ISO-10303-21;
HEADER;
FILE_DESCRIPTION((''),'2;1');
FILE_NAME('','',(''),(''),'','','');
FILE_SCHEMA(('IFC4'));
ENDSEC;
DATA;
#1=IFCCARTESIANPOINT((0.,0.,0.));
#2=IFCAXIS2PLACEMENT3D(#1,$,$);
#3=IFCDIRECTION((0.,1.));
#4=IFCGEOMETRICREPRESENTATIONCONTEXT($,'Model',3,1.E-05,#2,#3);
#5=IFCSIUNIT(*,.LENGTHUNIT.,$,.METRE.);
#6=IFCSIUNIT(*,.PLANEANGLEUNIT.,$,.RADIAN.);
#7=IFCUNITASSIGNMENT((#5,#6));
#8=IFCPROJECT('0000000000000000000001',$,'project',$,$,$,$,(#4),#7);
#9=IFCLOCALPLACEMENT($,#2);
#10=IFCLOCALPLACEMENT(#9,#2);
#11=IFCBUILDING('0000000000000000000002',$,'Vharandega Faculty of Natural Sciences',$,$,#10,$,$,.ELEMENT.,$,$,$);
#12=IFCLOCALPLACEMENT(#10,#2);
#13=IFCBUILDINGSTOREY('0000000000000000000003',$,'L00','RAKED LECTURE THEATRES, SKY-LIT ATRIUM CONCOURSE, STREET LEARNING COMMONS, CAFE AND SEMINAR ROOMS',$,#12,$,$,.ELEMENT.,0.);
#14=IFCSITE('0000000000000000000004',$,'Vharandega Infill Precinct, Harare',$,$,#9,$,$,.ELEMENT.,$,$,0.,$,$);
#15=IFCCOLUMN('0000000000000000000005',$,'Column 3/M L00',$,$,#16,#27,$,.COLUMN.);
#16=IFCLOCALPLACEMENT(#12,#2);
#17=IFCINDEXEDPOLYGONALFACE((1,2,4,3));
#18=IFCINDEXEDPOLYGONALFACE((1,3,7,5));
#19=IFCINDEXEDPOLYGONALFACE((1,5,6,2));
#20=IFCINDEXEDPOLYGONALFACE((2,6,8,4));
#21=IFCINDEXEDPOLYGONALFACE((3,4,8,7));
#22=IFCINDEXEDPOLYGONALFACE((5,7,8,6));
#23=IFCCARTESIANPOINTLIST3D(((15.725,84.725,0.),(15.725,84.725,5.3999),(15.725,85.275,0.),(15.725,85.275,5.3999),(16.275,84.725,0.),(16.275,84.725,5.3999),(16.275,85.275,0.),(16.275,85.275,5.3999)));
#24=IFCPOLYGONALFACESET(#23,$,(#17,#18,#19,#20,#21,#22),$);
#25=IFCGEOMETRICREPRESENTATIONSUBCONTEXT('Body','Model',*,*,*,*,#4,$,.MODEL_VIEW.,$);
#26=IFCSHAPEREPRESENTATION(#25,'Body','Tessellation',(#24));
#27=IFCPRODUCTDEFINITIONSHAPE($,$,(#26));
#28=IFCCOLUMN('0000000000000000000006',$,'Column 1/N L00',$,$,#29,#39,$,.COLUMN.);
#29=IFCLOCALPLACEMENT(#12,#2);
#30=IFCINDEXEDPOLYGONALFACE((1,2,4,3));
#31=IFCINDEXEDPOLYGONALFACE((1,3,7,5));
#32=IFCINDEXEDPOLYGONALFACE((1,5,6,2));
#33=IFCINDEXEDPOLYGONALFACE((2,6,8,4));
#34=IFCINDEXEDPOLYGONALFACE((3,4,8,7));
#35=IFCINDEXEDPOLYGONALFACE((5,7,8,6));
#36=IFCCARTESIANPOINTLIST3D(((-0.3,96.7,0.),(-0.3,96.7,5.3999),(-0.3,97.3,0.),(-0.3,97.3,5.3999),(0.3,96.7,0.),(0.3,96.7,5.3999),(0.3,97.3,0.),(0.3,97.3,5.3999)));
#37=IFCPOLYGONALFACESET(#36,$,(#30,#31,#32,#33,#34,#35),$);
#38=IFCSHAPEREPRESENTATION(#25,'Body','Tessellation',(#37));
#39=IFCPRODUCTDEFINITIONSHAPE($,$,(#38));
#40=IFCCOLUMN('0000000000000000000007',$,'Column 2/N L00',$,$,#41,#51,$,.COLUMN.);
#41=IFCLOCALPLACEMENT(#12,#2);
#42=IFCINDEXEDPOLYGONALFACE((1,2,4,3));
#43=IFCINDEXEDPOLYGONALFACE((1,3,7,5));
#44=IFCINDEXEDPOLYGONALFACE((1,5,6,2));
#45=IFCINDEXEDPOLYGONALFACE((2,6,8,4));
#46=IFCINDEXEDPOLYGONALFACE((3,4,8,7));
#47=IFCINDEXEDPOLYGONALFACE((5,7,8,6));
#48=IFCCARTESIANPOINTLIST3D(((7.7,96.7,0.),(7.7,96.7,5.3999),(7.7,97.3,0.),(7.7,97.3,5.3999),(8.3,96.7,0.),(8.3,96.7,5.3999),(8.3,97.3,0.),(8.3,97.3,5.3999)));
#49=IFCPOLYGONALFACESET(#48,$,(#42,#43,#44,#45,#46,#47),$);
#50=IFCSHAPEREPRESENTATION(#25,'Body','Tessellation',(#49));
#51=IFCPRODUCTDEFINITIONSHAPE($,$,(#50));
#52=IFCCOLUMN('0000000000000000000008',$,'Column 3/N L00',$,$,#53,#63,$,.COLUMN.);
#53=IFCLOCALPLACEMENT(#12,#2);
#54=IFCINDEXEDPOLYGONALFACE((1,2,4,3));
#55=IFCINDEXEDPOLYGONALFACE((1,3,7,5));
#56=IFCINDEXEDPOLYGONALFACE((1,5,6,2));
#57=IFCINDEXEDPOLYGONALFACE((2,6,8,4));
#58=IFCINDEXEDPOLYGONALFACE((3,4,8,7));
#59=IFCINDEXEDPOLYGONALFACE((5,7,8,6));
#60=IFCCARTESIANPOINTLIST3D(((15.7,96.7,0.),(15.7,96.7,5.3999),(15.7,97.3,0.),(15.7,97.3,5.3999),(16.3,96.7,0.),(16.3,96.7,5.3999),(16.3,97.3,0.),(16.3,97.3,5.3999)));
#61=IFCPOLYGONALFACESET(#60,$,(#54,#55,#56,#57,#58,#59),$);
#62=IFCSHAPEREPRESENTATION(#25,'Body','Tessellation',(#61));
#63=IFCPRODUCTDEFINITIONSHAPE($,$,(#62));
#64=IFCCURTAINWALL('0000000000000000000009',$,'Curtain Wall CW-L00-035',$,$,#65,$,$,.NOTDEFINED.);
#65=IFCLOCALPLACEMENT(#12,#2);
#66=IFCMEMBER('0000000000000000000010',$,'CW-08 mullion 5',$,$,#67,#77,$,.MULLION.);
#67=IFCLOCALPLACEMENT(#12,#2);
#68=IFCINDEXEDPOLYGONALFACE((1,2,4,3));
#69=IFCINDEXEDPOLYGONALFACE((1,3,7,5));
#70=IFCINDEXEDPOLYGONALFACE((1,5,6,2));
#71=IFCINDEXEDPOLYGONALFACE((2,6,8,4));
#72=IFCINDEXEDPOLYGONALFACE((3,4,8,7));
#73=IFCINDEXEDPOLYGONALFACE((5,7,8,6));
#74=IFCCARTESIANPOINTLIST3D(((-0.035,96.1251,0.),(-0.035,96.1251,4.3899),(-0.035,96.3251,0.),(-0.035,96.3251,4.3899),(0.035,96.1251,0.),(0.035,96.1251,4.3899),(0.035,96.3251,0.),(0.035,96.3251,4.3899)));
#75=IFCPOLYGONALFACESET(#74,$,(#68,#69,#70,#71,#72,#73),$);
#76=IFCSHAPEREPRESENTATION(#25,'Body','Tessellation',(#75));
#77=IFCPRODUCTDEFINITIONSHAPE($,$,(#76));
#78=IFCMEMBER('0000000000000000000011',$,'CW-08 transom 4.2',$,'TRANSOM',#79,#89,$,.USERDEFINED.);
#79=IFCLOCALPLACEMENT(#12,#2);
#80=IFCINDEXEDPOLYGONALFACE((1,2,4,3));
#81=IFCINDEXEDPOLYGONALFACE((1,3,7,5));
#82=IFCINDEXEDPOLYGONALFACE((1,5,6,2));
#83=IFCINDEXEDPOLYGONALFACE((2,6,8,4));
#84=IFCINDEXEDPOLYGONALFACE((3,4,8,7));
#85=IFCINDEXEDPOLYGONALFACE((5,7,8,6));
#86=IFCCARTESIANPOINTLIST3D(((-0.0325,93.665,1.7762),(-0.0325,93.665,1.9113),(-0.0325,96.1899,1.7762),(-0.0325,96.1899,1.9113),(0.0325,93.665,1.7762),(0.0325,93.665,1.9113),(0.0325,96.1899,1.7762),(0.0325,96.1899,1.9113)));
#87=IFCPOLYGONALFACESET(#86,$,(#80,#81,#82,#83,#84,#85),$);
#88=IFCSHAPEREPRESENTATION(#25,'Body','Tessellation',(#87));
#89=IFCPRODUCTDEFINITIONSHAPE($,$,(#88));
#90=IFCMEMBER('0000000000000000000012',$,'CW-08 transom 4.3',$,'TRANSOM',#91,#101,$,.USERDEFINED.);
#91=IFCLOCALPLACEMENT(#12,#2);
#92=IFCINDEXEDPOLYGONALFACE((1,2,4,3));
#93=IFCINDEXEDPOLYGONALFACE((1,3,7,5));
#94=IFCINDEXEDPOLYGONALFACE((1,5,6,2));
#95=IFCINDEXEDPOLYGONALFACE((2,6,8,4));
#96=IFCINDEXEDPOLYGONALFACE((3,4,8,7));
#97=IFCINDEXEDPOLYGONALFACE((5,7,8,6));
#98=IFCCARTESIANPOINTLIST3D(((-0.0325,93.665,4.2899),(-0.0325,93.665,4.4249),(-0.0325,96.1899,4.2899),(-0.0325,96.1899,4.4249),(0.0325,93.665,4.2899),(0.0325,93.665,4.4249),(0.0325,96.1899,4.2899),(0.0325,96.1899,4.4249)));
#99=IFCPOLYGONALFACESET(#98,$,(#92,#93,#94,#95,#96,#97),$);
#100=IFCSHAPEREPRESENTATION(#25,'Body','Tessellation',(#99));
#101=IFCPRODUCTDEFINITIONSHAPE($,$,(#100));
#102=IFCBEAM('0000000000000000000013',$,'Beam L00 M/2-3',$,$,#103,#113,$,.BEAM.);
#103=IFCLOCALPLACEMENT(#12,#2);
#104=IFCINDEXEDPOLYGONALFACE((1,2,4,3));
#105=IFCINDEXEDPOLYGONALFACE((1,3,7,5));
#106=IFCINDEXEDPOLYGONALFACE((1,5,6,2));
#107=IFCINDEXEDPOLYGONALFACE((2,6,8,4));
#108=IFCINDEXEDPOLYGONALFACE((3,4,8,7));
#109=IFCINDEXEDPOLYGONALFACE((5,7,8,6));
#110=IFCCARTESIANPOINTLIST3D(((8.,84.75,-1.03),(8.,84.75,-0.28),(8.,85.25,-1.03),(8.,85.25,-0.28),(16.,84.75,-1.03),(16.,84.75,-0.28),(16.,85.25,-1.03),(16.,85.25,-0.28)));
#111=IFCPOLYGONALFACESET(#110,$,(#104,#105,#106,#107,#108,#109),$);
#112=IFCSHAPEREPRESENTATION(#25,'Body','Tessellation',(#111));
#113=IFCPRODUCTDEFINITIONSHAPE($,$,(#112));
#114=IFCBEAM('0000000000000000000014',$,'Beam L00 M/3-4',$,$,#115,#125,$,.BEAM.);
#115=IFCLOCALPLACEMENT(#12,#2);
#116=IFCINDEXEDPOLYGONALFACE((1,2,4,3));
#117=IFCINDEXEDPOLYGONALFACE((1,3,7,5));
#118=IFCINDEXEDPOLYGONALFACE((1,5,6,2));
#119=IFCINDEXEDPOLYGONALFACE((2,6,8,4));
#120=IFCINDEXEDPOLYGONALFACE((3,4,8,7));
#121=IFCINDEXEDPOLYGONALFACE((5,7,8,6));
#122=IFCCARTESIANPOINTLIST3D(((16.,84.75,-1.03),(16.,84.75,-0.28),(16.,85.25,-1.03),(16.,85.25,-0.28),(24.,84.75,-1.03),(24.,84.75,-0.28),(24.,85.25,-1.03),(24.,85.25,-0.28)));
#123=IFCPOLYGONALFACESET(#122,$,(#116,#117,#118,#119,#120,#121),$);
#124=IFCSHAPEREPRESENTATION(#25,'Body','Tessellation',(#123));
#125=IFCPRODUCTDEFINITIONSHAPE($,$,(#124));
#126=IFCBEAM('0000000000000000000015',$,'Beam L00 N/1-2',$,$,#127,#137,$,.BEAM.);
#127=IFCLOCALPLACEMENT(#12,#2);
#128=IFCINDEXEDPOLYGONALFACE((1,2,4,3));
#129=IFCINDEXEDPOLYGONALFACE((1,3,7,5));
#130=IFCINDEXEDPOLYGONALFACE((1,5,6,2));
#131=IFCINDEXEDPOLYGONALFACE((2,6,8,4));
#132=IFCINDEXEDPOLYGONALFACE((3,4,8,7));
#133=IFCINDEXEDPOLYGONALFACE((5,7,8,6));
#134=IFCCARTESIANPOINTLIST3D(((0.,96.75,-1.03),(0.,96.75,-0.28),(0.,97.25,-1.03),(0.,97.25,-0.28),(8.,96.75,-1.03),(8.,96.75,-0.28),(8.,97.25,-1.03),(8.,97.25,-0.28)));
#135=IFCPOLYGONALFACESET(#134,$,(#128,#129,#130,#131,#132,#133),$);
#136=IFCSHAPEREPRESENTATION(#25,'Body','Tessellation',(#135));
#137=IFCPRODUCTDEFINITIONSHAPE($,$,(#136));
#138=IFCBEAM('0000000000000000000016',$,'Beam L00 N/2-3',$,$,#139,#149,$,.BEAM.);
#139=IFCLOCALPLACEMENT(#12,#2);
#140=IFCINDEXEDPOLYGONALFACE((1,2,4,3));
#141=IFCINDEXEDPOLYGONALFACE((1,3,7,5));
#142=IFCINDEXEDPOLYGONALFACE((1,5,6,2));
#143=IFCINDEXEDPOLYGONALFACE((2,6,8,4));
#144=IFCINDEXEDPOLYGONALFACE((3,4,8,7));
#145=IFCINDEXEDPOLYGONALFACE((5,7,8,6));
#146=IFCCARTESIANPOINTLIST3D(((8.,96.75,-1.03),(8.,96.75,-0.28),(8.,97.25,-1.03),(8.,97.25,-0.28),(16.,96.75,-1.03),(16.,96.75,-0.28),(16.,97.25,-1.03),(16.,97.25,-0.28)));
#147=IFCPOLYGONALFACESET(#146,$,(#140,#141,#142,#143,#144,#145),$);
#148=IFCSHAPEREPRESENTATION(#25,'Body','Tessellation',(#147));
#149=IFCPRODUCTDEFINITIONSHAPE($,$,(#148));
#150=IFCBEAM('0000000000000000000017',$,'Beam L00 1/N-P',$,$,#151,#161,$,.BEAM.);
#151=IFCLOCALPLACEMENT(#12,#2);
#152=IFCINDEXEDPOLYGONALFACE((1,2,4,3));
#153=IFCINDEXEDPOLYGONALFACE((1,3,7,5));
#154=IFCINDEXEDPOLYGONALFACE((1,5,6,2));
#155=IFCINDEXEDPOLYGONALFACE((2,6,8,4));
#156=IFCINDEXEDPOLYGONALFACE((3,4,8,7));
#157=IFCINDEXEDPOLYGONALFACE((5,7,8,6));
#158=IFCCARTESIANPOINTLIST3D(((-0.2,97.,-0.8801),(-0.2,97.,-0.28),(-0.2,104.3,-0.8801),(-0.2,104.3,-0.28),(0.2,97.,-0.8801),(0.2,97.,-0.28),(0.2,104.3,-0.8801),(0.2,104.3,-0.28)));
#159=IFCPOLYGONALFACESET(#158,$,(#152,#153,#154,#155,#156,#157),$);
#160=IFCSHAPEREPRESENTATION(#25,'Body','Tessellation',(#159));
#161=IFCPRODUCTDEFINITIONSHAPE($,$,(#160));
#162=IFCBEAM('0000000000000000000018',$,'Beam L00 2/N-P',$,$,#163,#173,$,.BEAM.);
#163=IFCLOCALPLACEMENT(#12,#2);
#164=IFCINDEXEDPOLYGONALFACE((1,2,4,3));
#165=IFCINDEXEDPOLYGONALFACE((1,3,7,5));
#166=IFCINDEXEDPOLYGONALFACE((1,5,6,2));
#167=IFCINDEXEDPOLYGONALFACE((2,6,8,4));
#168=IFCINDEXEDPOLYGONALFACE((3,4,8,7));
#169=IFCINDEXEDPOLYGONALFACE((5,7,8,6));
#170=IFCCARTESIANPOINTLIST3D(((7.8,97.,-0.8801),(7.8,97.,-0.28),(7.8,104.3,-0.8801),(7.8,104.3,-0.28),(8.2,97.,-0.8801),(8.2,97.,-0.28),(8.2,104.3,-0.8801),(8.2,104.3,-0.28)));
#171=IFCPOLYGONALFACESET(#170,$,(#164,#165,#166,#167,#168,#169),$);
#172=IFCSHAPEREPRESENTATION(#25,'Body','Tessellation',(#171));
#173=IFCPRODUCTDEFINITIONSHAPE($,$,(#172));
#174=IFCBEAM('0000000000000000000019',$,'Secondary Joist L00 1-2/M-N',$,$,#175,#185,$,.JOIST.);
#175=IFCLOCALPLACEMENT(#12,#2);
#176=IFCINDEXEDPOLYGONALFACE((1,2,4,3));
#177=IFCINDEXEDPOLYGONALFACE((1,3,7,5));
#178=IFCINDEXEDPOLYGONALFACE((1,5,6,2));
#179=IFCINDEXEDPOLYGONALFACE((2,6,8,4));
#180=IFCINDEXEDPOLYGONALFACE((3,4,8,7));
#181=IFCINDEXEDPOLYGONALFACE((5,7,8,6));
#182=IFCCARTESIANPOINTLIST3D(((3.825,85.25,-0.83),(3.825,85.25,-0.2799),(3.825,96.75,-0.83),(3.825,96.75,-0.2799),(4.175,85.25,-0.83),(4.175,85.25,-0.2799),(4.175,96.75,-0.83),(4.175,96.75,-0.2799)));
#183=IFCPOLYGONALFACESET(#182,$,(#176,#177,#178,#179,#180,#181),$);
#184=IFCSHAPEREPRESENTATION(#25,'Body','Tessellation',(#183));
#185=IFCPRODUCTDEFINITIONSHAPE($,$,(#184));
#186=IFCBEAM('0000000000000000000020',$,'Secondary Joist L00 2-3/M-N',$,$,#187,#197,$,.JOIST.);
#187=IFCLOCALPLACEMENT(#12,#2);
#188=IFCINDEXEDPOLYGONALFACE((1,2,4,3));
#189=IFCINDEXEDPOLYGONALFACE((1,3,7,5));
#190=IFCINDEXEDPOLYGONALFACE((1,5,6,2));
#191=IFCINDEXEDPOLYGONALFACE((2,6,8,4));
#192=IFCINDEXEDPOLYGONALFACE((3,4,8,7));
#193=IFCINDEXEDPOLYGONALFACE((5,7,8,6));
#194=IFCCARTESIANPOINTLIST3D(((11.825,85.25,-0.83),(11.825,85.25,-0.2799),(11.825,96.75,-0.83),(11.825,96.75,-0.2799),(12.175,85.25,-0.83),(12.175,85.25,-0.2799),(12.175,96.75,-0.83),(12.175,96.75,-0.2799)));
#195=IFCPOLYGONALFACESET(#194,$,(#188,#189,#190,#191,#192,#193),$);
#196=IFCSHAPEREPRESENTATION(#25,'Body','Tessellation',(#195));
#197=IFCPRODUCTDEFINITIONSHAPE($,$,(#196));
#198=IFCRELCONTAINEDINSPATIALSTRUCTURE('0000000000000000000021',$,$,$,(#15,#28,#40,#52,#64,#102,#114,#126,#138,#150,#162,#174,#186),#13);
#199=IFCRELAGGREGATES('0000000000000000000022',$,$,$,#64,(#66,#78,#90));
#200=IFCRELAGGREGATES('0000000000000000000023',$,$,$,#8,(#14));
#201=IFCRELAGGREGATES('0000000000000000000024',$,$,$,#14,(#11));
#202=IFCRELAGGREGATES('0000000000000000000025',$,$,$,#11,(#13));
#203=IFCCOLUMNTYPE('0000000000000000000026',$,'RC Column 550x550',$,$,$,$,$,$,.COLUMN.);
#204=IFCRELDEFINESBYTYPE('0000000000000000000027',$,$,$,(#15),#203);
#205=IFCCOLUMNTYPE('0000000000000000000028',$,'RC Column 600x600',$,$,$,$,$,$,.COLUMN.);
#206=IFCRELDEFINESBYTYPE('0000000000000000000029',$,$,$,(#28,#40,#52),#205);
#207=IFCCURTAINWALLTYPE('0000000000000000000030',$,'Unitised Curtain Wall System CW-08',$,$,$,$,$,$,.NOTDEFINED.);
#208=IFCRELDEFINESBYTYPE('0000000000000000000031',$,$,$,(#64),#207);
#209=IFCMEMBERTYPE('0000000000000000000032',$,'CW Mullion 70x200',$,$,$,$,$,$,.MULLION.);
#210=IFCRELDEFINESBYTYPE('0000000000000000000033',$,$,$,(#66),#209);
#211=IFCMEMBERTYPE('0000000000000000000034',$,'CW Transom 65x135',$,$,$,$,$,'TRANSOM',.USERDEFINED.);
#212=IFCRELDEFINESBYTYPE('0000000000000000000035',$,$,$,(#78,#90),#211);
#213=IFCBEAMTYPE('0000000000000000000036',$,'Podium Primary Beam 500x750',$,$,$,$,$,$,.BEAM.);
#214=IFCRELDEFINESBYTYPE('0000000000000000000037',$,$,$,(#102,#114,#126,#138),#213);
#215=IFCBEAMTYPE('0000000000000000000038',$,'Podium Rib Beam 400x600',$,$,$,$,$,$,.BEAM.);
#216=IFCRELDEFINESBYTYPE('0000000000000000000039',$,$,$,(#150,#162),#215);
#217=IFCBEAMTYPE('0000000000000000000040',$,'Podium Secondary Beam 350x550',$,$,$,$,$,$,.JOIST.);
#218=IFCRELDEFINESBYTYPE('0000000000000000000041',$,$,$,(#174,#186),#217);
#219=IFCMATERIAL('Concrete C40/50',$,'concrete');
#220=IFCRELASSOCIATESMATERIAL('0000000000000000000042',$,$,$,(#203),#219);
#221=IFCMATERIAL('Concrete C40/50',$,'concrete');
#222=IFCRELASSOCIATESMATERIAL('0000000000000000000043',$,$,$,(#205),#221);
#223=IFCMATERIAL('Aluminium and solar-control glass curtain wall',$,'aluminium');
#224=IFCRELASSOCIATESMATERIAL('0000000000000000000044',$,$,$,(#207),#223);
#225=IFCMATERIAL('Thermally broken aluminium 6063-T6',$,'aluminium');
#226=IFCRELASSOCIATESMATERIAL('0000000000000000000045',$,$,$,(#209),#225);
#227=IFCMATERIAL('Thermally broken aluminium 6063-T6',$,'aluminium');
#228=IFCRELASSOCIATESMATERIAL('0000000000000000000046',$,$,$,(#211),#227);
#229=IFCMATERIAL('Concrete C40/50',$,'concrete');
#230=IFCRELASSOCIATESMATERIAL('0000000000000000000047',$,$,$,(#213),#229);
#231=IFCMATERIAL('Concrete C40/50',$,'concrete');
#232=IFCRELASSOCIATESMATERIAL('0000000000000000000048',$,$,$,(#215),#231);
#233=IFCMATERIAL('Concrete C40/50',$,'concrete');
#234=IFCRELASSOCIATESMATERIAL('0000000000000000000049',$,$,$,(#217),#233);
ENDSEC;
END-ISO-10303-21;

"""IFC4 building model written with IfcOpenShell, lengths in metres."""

from ifc_helpers import new_model, si_unit, direction, frame, origin, origin_2d, place, context, subcontext, project, spatial, rectangle, extrude, material, material_profile, profile_set, type_object, element, aggregate, save


model = new_model("IFC4")

# Units and contexts
model_context = context("Model", 3, precision=1e-05, world=origin(), true_north=direction((0.0, 1.0)))
body_context = subcontext(model_context, "Body", "Model", "MODEL_VIEW")
ifc_project = project(units=[si_unit("LENGTHUNIT", "METRE"), si_unit("PLANEANGLEUNIT", "RADIAN")], contexts=[model_context])

# Site, building, storey
site_placement = place(None, origin())
site = spatial("IfcSite", under=ifc_project, at=site_placement, Name="Vharandega Infill Precinct, Harare", CompositionType="ELEMENT", RefElevation=0.0)
building_placement = place(site_placement, origin())
building = spatial("IfcBuilding", under=site, at=building_placement, Name="Vharandega Faculty of Natural Sciences", CompositionType="ELEMENT")
storey_placement = place(building_placement, origin())
storey = spatial("IfcBuildingStorey", under=building, at=storey_placement, Name="L00", Description="RAKED LECTURE THEATRES, SKY-LIT ATRIUM CONCOURSE, STREET LEARNING COMMONS, CAFE AND SEMINAR ROOMS", CompositionType="ELEMENT", Elevation=0.0)

# Columns
ifc_material_1 = material(Name="Concrete C40/50", Category="concrete")
ifc_material_profile_1 = material_profile(ifc_material_1, rectangle(XDim=0.55, YDim=0.55, at=origin_2d()), Name="RC 550x550")
ifc_profile_set_1 = profile_set([ifc_material_profile_1], Name="Concrete C40/50")
column_type_1 = type_object("IfcColumnType", Name="RC Column 550x550", PredefinedType="COLUMN", material=ifc_profile_set_1)
column_placement = place(storey_placement, frame((16.0, 85.0, 0.0), z_axis=(0.0, 0.0, 1.0), x_axis=(1.0, 0.0, 0.0)))
element("IfcColumn", 1, at=column_placement, inside=storey, type_object=column_type_1, Name="Column 3/M L00", PredefinedType="COLUMN", context=body_context, shape_type="SweptSolid", body=[
    extrude(rectangle(XDim=0.55, YDim=0.55, at=origin_2d()), origin(), (0.0, 0.0, 1.0), 5.3999),
])
ifc_material_2 = material(Name="Concrete C40/50", Category="concrete")
ifc_material_profile_2 = material_profile(ifc_material_2, rectangle(XDim=0.6001, YDim=0.6001, at=origin_2d()), Name="RC 600x600")
ifc_profile_set_2 = profile_set([ifc_material_profile_2], Name="Concrete C40/50")
column_type_2 = type_object("IfcColumnType", Name="RC Column 600x600", PredefinedType="COLUMN", material=ifc_profile_set_2)
for number, where, z_axis, x_axis, name in (
    (2, (0.0, 97.0, 0.0), (0.0, 0.0, 1.0), (1.0, 0.0, 0.0), "Column 1/N L00"),
    (3, (8.0, 97.0, 0.0), (0.0, 0.0, 1.0), (1.0, 0.0, 0.0), "Column 2/N L00"),
    (4, (16.0, 97.0, 0.0), (0.0, 0.0, 1.0), (1.0, 0.0, 0.0), "Column 3/N L00"),
):
    element("IfcColumn", number, at=place(storey_placement, frame(where, z_axis=z_axis, x_axis=x_axis)), inside=storey, type_object=column_type_2, Name=name, PredefinedType="COLUMN", context=body_context, shape_type="SweptSolid", body=[
        extrude(rectangle(XDim=0.6001, YDim=0.6001, at=origin_2d()), origin(), (0.0, 0.0, 1.0), 5.3999),
    ])

# Curtain wall, members
ifc_material_3 = material(Name="Aluminium and solar-control glass curtain wall", Category="aluminium")
curtain_wall_type = type_object("IfcCurtainWallType", Name="Unitised Curtain Wall System CW-08", PredefinedType="NOTDEFINED", material=ifc_material_3)
curtain_wall_placement = place(storey_placement, origin())
curtain_wall = element("IfcCurtainWall", 5, at=curtain_wall_placement, inside=storey, type_object=curtain_wall_type, Name="Curtain Wall CW-L00-035", PredefinedType="NOTDEFINED")
ifc_material_4 = material(Name="Thermally broken aluminium 6063-T6", Category="aluminium")
ifc_material_profile_3 = material_profile(ifc_material_4, rectangle(XDim=0.0701, YDim=0.2, at=origin_2d()), Name="ALU 70x200")
ifc_profile_set_3 = profile_set([ifc_material_profile_3], Name="Thermally broken aluminium 6063-T6")
member_type_1 = type_object("IfcMemberType", Name="CW Mullion 70x200", PredefinedType="MULLION", material=ifc_profile_set_3)
member_1_placement = place(storey_placement, frame((0.0, 96.2251, 0.0), z_axis=(0.0, 0.0, 1.0), x_axis=(-1.0, 0.0, 0.0)))
member_1 = element("IfcMember", 6, at=member_1_placement, type_object=member_type_1, Name="CW-08 mullion 5", PredefinedType="MULLION", context=body_context, shape_type="SweptSolid", body=[
    extrude(rectangle(XDim=0.0701, YDim=0.2, at=origin_2d()), origin(), (0.0, 0.0, 1.0), 4.3899),
])
ifc_material_5 = material(Name="Thermally broken aluminium 6063-T6", Category="aluminium")
ifc_material_profile_4 = material_profile(ifc_material_5, rectangle(XDim=0.0649, YDim=0.135, at=origin_2d()), Name="ALU 65x135")
ifc_profile_set_4 = profile_set([ifc_material_profile_4], Name="Thermally broken aluminium 6063-T6")
member_type_2 = type_object("IfcMemberType", Name="CW Transom 65x135", ElementType="TRANSOM", PredefinedType="USERDEFINED", material=ifc_profile_set_4)
member_2_placement = place(storey_placement, frame((0.0, 93.665, 1.8438), z_axis=(0.0, 1.0, 0.0), x_axis=(-1.0, 0.0, 0.0)))
member_2 = element("IfcMember", 7, at=member_2_placement, type_object=member_type_2, Name="CW-08 transom 4.2", ObjectType="TRANSOM", PredefinedType="USERDEFINED", context=body_context, shape_type="SweptSolid", body=[
    extrude(rectangle(XDim=0.0649, YDim=0.135, at=origin_2d()), origin(), (0.0, 0.0, 1.0), 2.5249),
])
member_3_placement = place(storey_placement, frame((0.0, 93.665, 4.3574), z_axis=(0.0, 1.0, 0.0), x_axis=(-1.0, 0.0, 0.0)))
member_3 = element("IfcMember", 8, at=member_3_placement, type_object=member_type_2, Name="CW-08 transom 4.3", ObjectType="TRANSOM", PredefinedType="USERDEFINED", context=body_context, shape_type="SweptSolid", body=[
    extrude(rectangle(XDim=0.0649, YDim=0.135, at=origin_2d()), origin(), (0.0, 0.0, 1.0), 2.5249),
])

# Beams
ifc_material_6 = material(Name="Concrete C40/50", Category="concrete")
ifc_material_profile_5 = material_profile(ifc_material_6, rectangle(XDim=0.5, YDim=0.75, at=origin_2d()), Name="RC 500x750")
ifc_profile_set_5 = profile_set([ifc_material_profile_5], Name="Concrete C40/50")
beam_type_1 = type_object("IfcBeamType", Name="Podium Primary Beam 500x750", PredefinedType="BEAM", material=ifc_profile_set_5)
for number, where, z_axis, x_axis, name in (
    (9, (8.0, 85.0, -0.655), (1.0, 0.0, 0.0), (0.0, 1.0, 0.0), "Beam L00 M/2-3"),
    (10, (16.0, 85.0, -0.655), (1.0, 0.0, 0.0), (0.0, 1.0, 0.0), "Beam L00 M/3-4"),
    (11, (0.0, 97.0, -0.655), (1.0, 0.0, 0.0), (0.0, 1.0, 0.0), "Beam L00 N/1-2"),
    (12, (8.0, 97.0, -0.655), (1.0, 0.0, 0.0), (0.0, 1.0, 0.0), "Beam L00 N/2-3"),
):
    element("IfcBeam", number, at=place(storey_placement, frame(where, z_axis=z_axis, x_axis=x_axis)), inside=storey, type_object=beam_type_1, Name=name, PredefinedType="BEAM", context=body_context, shape_type="SweptSolid", body=[
        extrude(rectangle(XDim=0.5, YDim=0.75, at=origin_2d()), origin(), (0.0, 0.0, 1.0), 8.0),
    ])
ifc_material_7 = material(Name="Concrete C40/50", Category="concrete")
ifc_material_profile_6 = material_profile(ifc_material_7, rectangle(XDim=0.3999, YDim=0.6001, at=origin_2d()), Name="RC 400x600")
ifc_profile_set_6 = profile_set([ifc_material_profile_6], Name="Concrete C40/50")
beam_type_2 = type_object("IfcBeamType", Name="Podium Rib Beam 400x600", PredefinedType="BEAM", material=ifc_profile_set_6)
for number, where, z_axis, x_axis, name in (
    (13, (0.0, 97.0, -0.5801), (0.0, 1.0, 0.0), (-1.0, 0.0, 0.0), "Beam L00 1/N-P"),
    (14, (8.0, 97.0, -0.5801), (0.0, 1.0, 0.0), (-1.0, 0.0, 0.0), "Beam L00 2/N-P"),
):
    element("IfcBeam", number, at=place(storey_placement, frame(where, z_axis=z_axis, x_axis=x_axis)), inside=storey, type_object=beam_type_2, Name=name, PredefinedType="BEAM", context=body_context, shape_type="SweptSolid", body=[
        extrude(rectangle(XDim=0.3999, YDim=0.6001, at=origin_2d()), origin(), (0.0, 0.0, 1.0), 7.3),
    ])
ifc_material_8 = material(Name="Concrete C40/50", Category="concrete")
ifc_material_profile_7 = material_profile(ifc_material_8, rectangle(XDim=0.3501, YDim=0.55, at=origin_2d()), Name="RC 350x550")
ifc_profile_set_7 = profile_set([ifc_material_profile_7], Name="Concrete C40/50")
beam_type_3 = type_object("IfcBeamType", Name="Podium Secondary Beam 350x550", PredefinedType="JOIST", material=ifc_profile_set_7)
for number, where, z_axis, x_axis, name in (
    (15, (4.0, 85.25, -0.5549), (0.0, 1.0, 0.0), (-1.0, 0.0, 0.0), "Secondary Joist L00 1-2/M-N"),
    (16, (12.0, 85.25, -0.5549), (0.0, 1.0, 0.0), (-1.0, 0.0, 0.0), "Secondary Joist L00 2-3/M-N"),
):
    element("IfcBeam", number, at=place(storey_placement, frame(where, z_axis=z_axis, x_axis=x_axis)), inside=storey, type_object=beam_type_3, Name=name, PredefinedType="JOIST", context=body_context, shape_type="SweptSolid", body=[
        extrude(rectangle(XDim=0.3501, YDim=0.55, at=origin_2d()), origin(), (0.0, 0.0, 1.0), 11.5),
    ])

aggregate(curtain_wall, [member_1, member_2, member_3])

save(model, "model.ifc")
